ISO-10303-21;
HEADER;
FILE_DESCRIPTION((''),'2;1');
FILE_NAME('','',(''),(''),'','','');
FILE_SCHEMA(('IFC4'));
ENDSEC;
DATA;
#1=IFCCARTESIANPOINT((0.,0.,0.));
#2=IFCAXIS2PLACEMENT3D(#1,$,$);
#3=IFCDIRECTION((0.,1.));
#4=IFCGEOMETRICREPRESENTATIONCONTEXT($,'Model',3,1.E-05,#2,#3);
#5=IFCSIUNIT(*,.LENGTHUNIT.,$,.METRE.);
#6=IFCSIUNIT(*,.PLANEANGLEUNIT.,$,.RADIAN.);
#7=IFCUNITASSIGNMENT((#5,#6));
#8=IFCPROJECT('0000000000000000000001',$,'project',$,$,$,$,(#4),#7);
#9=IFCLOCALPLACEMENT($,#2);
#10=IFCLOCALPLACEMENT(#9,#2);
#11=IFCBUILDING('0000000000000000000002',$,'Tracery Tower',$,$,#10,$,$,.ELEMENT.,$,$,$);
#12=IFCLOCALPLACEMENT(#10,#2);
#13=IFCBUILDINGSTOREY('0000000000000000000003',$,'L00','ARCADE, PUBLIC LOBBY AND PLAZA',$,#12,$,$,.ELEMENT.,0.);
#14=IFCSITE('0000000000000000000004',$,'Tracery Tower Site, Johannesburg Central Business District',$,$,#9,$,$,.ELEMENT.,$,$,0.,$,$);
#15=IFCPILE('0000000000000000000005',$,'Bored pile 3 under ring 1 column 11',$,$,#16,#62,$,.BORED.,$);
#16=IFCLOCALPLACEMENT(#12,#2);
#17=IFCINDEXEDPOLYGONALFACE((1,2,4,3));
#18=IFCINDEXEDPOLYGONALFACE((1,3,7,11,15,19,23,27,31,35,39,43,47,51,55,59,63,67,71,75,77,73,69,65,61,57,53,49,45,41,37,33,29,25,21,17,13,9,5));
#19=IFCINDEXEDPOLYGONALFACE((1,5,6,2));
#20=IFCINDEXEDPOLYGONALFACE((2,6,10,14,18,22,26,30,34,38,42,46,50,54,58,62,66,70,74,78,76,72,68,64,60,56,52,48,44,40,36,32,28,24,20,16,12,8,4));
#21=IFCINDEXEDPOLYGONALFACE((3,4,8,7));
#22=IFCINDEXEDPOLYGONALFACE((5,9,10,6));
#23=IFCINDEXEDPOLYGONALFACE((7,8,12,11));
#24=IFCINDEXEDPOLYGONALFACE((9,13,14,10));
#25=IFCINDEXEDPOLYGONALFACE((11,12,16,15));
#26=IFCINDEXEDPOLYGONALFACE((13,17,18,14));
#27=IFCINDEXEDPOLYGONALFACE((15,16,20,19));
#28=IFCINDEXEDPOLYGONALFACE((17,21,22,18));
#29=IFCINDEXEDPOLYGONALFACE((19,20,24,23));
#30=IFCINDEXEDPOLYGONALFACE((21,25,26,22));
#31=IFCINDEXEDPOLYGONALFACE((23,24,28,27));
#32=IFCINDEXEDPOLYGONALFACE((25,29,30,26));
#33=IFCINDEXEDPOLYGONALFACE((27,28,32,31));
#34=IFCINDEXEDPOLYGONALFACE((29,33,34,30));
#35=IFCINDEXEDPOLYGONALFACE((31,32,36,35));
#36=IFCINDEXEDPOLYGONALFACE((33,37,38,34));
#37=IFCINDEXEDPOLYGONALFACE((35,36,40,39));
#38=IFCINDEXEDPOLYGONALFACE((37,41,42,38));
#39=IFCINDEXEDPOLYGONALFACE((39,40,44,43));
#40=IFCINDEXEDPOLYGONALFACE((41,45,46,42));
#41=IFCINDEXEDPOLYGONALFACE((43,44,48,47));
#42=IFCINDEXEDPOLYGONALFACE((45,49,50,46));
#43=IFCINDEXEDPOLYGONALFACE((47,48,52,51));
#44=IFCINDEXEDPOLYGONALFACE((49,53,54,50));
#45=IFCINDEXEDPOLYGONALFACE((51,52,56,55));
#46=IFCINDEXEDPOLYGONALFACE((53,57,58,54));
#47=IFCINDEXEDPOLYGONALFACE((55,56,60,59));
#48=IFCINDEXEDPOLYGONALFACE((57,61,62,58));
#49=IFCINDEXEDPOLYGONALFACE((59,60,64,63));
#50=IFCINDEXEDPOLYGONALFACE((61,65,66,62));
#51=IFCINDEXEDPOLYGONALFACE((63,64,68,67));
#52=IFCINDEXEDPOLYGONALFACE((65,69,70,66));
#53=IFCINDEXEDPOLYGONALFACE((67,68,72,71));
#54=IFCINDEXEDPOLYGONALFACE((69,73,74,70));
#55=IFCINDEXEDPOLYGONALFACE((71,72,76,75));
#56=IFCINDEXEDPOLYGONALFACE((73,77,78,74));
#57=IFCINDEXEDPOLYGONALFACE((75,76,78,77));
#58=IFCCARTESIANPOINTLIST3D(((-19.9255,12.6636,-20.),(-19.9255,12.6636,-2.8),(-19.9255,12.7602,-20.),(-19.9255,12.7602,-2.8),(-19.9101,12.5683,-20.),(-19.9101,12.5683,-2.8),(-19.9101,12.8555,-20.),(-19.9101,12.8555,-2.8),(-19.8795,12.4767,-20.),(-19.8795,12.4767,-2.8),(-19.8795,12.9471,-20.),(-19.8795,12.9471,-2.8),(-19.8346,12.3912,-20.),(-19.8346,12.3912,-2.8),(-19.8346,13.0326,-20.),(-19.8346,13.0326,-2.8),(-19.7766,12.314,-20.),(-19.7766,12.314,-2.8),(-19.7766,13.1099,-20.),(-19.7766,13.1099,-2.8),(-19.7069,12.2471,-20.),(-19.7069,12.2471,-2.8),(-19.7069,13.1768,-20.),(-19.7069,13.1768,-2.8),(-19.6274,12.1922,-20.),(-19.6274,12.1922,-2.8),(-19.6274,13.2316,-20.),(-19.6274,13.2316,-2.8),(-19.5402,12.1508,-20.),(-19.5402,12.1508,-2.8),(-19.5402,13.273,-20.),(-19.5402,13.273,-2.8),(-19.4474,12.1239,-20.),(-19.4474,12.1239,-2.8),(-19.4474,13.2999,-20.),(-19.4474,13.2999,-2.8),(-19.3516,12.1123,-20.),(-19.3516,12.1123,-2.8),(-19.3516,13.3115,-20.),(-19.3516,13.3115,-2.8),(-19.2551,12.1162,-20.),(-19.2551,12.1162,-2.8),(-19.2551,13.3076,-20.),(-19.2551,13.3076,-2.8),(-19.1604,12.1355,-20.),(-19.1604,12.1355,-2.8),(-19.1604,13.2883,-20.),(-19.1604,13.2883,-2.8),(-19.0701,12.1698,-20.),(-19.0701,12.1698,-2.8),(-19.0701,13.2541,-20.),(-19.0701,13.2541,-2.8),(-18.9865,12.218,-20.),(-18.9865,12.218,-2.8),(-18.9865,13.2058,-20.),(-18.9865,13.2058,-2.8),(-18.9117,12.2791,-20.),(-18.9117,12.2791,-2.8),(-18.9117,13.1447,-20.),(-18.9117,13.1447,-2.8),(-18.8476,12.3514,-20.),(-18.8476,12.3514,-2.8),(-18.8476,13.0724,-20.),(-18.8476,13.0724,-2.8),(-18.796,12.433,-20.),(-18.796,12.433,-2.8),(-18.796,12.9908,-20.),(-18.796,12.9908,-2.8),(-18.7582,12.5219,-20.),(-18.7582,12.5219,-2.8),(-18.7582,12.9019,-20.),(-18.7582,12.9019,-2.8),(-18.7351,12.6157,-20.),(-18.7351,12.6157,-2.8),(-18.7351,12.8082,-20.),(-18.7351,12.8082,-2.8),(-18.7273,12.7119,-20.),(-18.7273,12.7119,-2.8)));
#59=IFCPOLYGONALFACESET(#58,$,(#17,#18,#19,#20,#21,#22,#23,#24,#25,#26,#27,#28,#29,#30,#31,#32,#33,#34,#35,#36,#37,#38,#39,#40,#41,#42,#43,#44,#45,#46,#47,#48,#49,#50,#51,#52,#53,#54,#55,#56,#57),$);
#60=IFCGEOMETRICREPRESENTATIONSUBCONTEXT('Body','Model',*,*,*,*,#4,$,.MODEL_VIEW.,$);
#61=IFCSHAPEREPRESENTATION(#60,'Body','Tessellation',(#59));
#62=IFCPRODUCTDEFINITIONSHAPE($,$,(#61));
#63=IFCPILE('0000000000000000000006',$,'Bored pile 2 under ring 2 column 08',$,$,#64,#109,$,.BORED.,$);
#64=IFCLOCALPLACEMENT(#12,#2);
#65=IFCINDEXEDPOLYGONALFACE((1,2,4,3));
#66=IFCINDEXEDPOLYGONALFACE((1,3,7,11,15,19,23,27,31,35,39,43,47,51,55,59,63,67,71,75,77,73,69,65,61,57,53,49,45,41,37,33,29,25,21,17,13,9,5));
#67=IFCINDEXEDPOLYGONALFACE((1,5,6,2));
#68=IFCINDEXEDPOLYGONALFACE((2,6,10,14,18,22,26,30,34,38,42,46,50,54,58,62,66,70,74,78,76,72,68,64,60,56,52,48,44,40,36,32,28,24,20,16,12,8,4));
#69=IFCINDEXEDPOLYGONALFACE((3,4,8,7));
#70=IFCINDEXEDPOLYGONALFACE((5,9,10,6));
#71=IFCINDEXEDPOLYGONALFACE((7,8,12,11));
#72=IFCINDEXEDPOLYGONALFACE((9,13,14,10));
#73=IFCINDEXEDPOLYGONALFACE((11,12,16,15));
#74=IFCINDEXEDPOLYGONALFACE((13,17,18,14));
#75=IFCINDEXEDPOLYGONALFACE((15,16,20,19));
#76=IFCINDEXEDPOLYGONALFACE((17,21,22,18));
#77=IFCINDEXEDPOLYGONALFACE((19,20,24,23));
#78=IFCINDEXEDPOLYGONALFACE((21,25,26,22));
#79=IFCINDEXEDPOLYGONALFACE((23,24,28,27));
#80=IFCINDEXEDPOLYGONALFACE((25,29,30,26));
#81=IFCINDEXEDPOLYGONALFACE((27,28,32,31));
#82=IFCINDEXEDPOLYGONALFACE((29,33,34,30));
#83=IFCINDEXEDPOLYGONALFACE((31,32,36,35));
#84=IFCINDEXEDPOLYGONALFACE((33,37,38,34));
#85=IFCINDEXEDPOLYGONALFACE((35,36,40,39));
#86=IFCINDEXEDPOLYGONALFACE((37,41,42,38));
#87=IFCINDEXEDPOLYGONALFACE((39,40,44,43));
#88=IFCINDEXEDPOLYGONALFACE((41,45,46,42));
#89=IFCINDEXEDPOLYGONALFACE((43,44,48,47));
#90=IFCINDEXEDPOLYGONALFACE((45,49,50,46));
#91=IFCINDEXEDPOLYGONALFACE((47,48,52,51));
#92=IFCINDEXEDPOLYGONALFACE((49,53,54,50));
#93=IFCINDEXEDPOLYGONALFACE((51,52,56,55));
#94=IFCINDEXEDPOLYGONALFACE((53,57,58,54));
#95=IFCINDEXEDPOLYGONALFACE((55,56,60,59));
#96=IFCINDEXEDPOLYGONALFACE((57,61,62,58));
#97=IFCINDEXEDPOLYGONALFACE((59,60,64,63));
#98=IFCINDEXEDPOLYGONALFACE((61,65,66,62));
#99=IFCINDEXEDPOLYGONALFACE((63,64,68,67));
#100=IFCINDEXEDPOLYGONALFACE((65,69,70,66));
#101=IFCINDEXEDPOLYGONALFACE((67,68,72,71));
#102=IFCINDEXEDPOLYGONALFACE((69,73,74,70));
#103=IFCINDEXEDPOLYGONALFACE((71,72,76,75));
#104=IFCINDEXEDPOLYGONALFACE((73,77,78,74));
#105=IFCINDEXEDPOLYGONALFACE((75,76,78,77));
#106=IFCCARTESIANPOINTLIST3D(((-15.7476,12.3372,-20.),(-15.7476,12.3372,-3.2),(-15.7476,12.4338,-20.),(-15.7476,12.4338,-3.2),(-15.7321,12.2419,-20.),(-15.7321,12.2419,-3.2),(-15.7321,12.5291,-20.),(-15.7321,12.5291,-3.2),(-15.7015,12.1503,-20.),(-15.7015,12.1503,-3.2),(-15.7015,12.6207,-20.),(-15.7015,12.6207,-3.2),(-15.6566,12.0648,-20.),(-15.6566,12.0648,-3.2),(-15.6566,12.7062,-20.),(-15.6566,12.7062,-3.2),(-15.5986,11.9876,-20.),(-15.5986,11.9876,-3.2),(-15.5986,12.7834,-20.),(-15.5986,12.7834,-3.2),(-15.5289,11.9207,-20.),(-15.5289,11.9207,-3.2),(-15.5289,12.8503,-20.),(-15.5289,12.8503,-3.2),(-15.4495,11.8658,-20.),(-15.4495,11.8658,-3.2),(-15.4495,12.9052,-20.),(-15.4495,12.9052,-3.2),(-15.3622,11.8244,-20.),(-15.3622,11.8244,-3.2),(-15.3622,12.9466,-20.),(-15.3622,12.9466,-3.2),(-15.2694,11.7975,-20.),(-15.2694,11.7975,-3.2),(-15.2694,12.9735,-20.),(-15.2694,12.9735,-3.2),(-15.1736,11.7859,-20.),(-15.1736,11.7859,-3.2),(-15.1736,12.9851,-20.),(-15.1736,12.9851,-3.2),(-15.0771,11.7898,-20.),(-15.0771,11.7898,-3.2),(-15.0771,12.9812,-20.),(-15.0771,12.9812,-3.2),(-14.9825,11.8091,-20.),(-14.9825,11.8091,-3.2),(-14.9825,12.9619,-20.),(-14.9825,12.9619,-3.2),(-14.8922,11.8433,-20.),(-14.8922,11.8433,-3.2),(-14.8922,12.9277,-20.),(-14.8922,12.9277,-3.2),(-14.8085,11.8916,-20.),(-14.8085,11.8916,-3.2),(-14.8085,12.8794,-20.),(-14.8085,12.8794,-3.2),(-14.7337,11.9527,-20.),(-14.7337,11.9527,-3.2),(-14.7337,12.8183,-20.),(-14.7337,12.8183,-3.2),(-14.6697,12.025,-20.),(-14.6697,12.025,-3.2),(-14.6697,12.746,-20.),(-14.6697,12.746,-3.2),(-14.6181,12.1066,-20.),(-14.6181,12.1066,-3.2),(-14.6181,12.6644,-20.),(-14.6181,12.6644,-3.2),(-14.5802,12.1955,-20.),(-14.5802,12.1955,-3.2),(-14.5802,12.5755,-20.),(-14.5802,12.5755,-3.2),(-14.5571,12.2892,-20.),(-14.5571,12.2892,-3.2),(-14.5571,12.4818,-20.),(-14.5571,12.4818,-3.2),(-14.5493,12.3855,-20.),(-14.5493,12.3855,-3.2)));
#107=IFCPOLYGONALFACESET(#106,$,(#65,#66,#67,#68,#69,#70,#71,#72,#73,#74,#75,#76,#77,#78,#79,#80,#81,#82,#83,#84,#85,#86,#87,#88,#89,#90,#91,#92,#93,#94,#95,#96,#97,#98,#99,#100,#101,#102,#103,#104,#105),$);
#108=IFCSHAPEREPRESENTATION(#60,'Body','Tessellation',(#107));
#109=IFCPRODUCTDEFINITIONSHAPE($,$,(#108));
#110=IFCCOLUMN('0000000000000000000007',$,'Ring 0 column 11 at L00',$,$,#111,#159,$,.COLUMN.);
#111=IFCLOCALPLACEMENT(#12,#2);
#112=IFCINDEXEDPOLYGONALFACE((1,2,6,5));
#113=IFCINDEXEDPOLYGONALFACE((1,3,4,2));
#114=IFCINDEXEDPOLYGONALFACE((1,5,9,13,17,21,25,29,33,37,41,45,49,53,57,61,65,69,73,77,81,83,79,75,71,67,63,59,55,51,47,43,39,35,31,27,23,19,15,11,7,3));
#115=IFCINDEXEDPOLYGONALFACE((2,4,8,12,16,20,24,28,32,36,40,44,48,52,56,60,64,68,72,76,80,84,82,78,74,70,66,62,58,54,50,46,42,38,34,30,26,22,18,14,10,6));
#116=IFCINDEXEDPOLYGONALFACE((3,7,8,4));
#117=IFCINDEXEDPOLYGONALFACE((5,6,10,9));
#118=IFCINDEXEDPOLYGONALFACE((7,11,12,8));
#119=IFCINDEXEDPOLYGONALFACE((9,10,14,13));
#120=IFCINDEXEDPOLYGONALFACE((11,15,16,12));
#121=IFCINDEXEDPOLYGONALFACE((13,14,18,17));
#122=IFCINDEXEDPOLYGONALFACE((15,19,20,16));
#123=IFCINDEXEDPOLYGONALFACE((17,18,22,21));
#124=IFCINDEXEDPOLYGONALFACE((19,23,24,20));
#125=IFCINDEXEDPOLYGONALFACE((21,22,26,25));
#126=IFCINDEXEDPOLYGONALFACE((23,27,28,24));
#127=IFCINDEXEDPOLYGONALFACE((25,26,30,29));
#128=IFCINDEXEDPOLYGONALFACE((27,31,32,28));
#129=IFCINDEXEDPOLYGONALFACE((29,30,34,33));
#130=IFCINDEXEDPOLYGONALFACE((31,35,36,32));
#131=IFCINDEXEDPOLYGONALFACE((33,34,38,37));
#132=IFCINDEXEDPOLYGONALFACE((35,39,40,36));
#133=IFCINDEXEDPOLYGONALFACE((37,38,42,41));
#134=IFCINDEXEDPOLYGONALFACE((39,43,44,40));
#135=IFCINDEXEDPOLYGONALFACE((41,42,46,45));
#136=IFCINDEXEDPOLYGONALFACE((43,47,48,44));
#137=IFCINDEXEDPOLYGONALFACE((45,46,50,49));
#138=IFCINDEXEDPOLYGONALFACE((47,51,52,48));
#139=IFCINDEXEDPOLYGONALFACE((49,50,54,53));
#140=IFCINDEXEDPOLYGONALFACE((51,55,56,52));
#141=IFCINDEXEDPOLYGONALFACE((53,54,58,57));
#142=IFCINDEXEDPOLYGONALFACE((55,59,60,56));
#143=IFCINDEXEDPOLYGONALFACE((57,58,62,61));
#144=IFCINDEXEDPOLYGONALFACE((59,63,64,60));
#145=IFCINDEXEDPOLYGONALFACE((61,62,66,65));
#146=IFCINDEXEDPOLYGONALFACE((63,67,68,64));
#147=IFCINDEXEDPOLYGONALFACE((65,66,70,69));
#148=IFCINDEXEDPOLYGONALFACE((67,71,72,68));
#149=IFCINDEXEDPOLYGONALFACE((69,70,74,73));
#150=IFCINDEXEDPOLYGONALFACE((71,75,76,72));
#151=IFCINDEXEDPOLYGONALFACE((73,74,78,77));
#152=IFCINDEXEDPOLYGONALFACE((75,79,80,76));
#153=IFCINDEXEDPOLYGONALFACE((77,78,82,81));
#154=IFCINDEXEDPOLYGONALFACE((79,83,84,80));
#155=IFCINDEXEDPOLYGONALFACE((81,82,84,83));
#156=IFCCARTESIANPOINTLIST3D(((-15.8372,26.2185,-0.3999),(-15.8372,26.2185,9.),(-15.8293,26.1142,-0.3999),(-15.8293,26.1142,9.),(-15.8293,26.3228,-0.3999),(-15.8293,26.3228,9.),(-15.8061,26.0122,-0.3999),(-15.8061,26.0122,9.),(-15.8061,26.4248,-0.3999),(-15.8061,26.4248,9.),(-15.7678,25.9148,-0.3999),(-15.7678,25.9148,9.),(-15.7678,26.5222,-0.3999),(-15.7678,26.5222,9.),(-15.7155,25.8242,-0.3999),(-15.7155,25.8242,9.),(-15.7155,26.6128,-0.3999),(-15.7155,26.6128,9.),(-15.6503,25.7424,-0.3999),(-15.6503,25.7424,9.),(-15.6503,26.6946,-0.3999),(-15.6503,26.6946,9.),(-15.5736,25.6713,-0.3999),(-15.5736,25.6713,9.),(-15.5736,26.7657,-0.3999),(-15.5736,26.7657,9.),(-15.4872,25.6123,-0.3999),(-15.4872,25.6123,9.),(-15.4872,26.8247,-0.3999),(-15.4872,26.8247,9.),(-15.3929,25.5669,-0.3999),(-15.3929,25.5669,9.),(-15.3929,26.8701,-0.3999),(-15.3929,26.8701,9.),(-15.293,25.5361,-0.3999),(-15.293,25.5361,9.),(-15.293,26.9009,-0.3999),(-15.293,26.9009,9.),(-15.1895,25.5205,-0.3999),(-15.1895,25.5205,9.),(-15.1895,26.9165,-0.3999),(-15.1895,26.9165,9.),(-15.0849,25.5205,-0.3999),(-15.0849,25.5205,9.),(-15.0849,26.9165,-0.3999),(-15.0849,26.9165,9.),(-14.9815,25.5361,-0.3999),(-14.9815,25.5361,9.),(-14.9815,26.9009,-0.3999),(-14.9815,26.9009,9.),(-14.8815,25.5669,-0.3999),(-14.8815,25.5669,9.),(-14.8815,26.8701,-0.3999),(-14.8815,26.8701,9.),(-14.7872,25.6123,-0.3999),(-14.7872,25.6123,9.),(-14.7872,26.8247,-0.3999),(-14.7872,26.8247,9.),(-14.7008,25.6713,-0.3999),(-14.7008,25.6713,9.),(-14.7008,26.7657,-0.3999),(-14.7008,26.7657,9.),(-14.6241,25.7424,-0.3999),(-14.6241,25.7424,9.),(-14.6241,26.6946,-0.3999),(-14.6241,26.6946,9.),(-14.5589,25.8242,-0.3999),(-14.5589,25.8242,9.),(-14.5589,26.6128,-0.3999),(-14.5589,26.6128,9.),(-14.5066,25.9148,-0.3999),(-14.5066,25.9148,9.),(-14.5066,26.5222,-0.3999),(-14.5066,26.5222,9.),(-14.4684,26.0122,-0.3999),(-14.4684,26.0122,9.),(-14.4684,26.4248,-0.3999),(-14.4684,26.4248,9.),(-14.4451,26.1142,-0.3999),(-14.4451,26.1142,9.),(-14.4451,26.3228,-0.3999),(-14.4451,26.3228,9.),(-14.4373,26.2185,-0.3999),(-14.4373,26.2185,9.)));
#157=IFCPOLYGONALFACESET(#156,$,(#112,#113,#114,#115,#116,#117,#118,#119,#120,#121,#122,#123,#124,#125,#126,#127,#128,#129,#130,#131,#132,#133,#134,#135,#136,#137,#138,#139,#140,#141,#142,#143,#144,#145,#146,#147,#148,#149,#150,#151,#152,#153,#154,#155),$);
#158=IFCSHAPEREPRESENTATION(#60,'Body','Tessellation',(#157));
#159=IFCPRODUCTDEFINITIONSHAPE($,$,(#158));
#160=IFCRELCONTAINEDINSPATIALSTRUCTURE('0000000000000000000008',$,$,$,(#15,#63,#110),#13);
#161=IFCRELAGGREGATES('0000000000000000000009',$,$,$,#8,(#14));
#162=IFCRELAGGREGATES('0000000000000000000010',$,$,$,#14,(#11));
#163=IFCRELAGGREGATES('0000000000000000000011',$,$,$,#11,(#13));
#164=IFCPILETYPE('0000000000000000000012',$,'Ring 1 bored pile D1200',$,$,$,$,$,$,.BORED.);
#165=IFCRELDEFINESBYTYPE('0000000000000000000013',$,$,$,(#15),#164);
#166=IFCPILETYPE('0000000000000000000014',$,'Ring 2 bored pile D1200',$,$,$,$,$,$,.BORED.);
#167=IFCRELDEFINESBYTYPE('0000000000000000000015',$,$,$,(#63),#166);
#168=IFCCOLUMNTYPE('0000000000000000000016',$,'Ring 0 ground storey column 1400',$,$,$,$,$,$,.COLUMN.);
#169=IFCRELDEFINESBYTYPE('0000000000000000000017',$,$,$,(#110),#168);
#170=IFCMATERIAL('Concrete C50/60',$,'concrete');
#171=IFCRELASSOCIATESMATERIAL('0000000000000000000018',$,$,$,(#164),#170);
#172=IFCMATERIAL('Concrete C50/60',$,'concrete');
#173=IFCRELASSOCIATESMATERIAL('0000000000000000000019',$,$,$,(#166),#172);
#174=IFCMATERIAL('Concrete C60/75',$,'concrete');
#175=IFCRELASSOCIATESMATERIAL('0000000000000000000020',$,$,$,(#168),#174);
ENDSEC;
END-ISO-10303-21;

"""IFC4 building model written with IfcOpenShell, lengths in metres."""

from ifc_helpers import new_model, si_unit, direction, frame, origin, origin_2d, place, context, subcontext, project, spatial, circle, extrude, material, material_profile, profile_set, type_object, element, save


model = new_model("IFC4")

# Units and contexts
model_context = context("Model", 3, precision=1e-05, world=origin(), true_north=direction((0.0, 1.0)))
body_context = subcontext(model_context, "Body", "Model", "MODEL_VIEW")
ifc_project = project(units=[si_unit("LENGTHUNIT", "METRE"), si_unit("PLANEANGLEUNIT", "RADIAN")], contexts=[model_context])

# Site, building, storey
site_placement = place(None, origin())
site = spatial("IfcSite", under=ifc_project, at=site_placement, Name="Tracery Tower Site, Johannesburg Central Business District", CompositionType="ELEMENT", RefElevation=0.0)
building_placement = place(site_placement, origin())
building = spatial("IfcBuilding", under=site, at=building_placement, Name="Tracery Tower", CompositionType="ELEMENT")
storey_placement = place(building_placement, origin())
storey = spatial("IfcBuildingStorey", under=building, at=storey_placement, Name="L00", Description="ARCADE, PUBLIC LOBBY AND PLAZA", CompositionType="ELEMENT", Elevation=0.0)

# Piles
ifc_material_1 = material(Name="Concrete C50/60", Category="concrete")
ifc_material_profile_1 = material_profile(ifc_material_1, circle(Radius=0.6001, at=origin_2d()), Name="RC D1200")
ifc_profile_set_1 = profile_set([ifc_material_profile_1], Name="Concrete C50/60")
pile_type_1 = type_object("IfcPileType", Name="Ring 1 bored pile D1200", PredefinedType="BORED", material=ifc_profile_set_1)
for number, where, z_axis, x_axis, name in (
    (1, (-19.3274, 12.7119, -2.8), (0.0, 0.0, -1.0), (1.0, 0.0, 0.0), "Bored pile 3 under ring 1 column 11"),
):
    element("IfcPile", number, at=place(storey_placement, frame(where, z_axis=z_axis, x_axis=x_axis)), inside=storey, type_object=pile_type_1, Name=name, PredefinedType="BORED", context=body_context, shape_type="SweptSolid", body=[
        extrude(circle(Radius=0.6001, at=origin_2d()), origin(), (0.0, 0.0, 1.0), 17.2),
    ])
ifc_material_2 = material(Name="Concrete C50/60", Category="concrete")
ifc_material_profile_2 = material_profile(ifc_material_2, circle(Radius=0.6001, at=origin_2d()), Name="RC D1200")
ifc_profile_set_2 = profile_set([ifc_material_profile_2], Name="Concrete C50/60")
pile_type_2 = type_object("IfcPileType", Name="Ring 2 bored pile D1200", PredefinedType="BORED", material=ifc_profile_set_2)
pile_placement = place(storey_placement, frame((-15.1494, 12.3855, -3.2), z_axis=(0.0, 0.0, -1.0), x_axis=(1.0, 0.0, 0.0)))
element("IfcPile", 2, at=pile_placement, inside=storey, type_object=pile_type_2, Name="Bored pile 2 under ring 2 column 08", PredefinedType="BORED", context=body_context, shape_type="SweptSolid", body=[
    extrude(circle(Radius=0.6001, at=origin_2d()), origin(), (0.0, 0.0, 1.0), 16.8),
])

# Column
ifc_material_3 = material(Name="Concrete C60/75", Category="concrete")
ifc_material_profile_3 = material_profile(ifc_material_3, circle(Radius=0.7, at=origin_2d()), Name="RC D1400")
ifc_profile_set_3 = profile_set([ifc_material_profile_3], Name="Concrete C60/75")
column_type_1 = type_object("IfcColumnType", Name="Ring 0 ground storey column 1400", PredefinedType="COLUMN", material=ifc_profile_set_3)
for number, where, z_axis, x_axis, name in (
    (3, (-15.1372, 26.2185, -0.3999), (0.0, 0.0, 1.0), (1.0, 0.0, 0.0), "Ring 0 column 11 at L00"),
):
    element("IfcColumn", number, at=place(storey_placement, frame(where, z_axis=z_axis, x_axis=x_axis)), inside=storey, type_object=column_type_1, Name=name, PredefinedType="COLUMN", context=body_context, shape_type="SweptSolid", body=[
        extrude(circle(Radius=0.7, at=origin_2d()), origin(), (0.0, 0.0, 1.0), 9.3999),
    ])

save(model, "model.ifc")
